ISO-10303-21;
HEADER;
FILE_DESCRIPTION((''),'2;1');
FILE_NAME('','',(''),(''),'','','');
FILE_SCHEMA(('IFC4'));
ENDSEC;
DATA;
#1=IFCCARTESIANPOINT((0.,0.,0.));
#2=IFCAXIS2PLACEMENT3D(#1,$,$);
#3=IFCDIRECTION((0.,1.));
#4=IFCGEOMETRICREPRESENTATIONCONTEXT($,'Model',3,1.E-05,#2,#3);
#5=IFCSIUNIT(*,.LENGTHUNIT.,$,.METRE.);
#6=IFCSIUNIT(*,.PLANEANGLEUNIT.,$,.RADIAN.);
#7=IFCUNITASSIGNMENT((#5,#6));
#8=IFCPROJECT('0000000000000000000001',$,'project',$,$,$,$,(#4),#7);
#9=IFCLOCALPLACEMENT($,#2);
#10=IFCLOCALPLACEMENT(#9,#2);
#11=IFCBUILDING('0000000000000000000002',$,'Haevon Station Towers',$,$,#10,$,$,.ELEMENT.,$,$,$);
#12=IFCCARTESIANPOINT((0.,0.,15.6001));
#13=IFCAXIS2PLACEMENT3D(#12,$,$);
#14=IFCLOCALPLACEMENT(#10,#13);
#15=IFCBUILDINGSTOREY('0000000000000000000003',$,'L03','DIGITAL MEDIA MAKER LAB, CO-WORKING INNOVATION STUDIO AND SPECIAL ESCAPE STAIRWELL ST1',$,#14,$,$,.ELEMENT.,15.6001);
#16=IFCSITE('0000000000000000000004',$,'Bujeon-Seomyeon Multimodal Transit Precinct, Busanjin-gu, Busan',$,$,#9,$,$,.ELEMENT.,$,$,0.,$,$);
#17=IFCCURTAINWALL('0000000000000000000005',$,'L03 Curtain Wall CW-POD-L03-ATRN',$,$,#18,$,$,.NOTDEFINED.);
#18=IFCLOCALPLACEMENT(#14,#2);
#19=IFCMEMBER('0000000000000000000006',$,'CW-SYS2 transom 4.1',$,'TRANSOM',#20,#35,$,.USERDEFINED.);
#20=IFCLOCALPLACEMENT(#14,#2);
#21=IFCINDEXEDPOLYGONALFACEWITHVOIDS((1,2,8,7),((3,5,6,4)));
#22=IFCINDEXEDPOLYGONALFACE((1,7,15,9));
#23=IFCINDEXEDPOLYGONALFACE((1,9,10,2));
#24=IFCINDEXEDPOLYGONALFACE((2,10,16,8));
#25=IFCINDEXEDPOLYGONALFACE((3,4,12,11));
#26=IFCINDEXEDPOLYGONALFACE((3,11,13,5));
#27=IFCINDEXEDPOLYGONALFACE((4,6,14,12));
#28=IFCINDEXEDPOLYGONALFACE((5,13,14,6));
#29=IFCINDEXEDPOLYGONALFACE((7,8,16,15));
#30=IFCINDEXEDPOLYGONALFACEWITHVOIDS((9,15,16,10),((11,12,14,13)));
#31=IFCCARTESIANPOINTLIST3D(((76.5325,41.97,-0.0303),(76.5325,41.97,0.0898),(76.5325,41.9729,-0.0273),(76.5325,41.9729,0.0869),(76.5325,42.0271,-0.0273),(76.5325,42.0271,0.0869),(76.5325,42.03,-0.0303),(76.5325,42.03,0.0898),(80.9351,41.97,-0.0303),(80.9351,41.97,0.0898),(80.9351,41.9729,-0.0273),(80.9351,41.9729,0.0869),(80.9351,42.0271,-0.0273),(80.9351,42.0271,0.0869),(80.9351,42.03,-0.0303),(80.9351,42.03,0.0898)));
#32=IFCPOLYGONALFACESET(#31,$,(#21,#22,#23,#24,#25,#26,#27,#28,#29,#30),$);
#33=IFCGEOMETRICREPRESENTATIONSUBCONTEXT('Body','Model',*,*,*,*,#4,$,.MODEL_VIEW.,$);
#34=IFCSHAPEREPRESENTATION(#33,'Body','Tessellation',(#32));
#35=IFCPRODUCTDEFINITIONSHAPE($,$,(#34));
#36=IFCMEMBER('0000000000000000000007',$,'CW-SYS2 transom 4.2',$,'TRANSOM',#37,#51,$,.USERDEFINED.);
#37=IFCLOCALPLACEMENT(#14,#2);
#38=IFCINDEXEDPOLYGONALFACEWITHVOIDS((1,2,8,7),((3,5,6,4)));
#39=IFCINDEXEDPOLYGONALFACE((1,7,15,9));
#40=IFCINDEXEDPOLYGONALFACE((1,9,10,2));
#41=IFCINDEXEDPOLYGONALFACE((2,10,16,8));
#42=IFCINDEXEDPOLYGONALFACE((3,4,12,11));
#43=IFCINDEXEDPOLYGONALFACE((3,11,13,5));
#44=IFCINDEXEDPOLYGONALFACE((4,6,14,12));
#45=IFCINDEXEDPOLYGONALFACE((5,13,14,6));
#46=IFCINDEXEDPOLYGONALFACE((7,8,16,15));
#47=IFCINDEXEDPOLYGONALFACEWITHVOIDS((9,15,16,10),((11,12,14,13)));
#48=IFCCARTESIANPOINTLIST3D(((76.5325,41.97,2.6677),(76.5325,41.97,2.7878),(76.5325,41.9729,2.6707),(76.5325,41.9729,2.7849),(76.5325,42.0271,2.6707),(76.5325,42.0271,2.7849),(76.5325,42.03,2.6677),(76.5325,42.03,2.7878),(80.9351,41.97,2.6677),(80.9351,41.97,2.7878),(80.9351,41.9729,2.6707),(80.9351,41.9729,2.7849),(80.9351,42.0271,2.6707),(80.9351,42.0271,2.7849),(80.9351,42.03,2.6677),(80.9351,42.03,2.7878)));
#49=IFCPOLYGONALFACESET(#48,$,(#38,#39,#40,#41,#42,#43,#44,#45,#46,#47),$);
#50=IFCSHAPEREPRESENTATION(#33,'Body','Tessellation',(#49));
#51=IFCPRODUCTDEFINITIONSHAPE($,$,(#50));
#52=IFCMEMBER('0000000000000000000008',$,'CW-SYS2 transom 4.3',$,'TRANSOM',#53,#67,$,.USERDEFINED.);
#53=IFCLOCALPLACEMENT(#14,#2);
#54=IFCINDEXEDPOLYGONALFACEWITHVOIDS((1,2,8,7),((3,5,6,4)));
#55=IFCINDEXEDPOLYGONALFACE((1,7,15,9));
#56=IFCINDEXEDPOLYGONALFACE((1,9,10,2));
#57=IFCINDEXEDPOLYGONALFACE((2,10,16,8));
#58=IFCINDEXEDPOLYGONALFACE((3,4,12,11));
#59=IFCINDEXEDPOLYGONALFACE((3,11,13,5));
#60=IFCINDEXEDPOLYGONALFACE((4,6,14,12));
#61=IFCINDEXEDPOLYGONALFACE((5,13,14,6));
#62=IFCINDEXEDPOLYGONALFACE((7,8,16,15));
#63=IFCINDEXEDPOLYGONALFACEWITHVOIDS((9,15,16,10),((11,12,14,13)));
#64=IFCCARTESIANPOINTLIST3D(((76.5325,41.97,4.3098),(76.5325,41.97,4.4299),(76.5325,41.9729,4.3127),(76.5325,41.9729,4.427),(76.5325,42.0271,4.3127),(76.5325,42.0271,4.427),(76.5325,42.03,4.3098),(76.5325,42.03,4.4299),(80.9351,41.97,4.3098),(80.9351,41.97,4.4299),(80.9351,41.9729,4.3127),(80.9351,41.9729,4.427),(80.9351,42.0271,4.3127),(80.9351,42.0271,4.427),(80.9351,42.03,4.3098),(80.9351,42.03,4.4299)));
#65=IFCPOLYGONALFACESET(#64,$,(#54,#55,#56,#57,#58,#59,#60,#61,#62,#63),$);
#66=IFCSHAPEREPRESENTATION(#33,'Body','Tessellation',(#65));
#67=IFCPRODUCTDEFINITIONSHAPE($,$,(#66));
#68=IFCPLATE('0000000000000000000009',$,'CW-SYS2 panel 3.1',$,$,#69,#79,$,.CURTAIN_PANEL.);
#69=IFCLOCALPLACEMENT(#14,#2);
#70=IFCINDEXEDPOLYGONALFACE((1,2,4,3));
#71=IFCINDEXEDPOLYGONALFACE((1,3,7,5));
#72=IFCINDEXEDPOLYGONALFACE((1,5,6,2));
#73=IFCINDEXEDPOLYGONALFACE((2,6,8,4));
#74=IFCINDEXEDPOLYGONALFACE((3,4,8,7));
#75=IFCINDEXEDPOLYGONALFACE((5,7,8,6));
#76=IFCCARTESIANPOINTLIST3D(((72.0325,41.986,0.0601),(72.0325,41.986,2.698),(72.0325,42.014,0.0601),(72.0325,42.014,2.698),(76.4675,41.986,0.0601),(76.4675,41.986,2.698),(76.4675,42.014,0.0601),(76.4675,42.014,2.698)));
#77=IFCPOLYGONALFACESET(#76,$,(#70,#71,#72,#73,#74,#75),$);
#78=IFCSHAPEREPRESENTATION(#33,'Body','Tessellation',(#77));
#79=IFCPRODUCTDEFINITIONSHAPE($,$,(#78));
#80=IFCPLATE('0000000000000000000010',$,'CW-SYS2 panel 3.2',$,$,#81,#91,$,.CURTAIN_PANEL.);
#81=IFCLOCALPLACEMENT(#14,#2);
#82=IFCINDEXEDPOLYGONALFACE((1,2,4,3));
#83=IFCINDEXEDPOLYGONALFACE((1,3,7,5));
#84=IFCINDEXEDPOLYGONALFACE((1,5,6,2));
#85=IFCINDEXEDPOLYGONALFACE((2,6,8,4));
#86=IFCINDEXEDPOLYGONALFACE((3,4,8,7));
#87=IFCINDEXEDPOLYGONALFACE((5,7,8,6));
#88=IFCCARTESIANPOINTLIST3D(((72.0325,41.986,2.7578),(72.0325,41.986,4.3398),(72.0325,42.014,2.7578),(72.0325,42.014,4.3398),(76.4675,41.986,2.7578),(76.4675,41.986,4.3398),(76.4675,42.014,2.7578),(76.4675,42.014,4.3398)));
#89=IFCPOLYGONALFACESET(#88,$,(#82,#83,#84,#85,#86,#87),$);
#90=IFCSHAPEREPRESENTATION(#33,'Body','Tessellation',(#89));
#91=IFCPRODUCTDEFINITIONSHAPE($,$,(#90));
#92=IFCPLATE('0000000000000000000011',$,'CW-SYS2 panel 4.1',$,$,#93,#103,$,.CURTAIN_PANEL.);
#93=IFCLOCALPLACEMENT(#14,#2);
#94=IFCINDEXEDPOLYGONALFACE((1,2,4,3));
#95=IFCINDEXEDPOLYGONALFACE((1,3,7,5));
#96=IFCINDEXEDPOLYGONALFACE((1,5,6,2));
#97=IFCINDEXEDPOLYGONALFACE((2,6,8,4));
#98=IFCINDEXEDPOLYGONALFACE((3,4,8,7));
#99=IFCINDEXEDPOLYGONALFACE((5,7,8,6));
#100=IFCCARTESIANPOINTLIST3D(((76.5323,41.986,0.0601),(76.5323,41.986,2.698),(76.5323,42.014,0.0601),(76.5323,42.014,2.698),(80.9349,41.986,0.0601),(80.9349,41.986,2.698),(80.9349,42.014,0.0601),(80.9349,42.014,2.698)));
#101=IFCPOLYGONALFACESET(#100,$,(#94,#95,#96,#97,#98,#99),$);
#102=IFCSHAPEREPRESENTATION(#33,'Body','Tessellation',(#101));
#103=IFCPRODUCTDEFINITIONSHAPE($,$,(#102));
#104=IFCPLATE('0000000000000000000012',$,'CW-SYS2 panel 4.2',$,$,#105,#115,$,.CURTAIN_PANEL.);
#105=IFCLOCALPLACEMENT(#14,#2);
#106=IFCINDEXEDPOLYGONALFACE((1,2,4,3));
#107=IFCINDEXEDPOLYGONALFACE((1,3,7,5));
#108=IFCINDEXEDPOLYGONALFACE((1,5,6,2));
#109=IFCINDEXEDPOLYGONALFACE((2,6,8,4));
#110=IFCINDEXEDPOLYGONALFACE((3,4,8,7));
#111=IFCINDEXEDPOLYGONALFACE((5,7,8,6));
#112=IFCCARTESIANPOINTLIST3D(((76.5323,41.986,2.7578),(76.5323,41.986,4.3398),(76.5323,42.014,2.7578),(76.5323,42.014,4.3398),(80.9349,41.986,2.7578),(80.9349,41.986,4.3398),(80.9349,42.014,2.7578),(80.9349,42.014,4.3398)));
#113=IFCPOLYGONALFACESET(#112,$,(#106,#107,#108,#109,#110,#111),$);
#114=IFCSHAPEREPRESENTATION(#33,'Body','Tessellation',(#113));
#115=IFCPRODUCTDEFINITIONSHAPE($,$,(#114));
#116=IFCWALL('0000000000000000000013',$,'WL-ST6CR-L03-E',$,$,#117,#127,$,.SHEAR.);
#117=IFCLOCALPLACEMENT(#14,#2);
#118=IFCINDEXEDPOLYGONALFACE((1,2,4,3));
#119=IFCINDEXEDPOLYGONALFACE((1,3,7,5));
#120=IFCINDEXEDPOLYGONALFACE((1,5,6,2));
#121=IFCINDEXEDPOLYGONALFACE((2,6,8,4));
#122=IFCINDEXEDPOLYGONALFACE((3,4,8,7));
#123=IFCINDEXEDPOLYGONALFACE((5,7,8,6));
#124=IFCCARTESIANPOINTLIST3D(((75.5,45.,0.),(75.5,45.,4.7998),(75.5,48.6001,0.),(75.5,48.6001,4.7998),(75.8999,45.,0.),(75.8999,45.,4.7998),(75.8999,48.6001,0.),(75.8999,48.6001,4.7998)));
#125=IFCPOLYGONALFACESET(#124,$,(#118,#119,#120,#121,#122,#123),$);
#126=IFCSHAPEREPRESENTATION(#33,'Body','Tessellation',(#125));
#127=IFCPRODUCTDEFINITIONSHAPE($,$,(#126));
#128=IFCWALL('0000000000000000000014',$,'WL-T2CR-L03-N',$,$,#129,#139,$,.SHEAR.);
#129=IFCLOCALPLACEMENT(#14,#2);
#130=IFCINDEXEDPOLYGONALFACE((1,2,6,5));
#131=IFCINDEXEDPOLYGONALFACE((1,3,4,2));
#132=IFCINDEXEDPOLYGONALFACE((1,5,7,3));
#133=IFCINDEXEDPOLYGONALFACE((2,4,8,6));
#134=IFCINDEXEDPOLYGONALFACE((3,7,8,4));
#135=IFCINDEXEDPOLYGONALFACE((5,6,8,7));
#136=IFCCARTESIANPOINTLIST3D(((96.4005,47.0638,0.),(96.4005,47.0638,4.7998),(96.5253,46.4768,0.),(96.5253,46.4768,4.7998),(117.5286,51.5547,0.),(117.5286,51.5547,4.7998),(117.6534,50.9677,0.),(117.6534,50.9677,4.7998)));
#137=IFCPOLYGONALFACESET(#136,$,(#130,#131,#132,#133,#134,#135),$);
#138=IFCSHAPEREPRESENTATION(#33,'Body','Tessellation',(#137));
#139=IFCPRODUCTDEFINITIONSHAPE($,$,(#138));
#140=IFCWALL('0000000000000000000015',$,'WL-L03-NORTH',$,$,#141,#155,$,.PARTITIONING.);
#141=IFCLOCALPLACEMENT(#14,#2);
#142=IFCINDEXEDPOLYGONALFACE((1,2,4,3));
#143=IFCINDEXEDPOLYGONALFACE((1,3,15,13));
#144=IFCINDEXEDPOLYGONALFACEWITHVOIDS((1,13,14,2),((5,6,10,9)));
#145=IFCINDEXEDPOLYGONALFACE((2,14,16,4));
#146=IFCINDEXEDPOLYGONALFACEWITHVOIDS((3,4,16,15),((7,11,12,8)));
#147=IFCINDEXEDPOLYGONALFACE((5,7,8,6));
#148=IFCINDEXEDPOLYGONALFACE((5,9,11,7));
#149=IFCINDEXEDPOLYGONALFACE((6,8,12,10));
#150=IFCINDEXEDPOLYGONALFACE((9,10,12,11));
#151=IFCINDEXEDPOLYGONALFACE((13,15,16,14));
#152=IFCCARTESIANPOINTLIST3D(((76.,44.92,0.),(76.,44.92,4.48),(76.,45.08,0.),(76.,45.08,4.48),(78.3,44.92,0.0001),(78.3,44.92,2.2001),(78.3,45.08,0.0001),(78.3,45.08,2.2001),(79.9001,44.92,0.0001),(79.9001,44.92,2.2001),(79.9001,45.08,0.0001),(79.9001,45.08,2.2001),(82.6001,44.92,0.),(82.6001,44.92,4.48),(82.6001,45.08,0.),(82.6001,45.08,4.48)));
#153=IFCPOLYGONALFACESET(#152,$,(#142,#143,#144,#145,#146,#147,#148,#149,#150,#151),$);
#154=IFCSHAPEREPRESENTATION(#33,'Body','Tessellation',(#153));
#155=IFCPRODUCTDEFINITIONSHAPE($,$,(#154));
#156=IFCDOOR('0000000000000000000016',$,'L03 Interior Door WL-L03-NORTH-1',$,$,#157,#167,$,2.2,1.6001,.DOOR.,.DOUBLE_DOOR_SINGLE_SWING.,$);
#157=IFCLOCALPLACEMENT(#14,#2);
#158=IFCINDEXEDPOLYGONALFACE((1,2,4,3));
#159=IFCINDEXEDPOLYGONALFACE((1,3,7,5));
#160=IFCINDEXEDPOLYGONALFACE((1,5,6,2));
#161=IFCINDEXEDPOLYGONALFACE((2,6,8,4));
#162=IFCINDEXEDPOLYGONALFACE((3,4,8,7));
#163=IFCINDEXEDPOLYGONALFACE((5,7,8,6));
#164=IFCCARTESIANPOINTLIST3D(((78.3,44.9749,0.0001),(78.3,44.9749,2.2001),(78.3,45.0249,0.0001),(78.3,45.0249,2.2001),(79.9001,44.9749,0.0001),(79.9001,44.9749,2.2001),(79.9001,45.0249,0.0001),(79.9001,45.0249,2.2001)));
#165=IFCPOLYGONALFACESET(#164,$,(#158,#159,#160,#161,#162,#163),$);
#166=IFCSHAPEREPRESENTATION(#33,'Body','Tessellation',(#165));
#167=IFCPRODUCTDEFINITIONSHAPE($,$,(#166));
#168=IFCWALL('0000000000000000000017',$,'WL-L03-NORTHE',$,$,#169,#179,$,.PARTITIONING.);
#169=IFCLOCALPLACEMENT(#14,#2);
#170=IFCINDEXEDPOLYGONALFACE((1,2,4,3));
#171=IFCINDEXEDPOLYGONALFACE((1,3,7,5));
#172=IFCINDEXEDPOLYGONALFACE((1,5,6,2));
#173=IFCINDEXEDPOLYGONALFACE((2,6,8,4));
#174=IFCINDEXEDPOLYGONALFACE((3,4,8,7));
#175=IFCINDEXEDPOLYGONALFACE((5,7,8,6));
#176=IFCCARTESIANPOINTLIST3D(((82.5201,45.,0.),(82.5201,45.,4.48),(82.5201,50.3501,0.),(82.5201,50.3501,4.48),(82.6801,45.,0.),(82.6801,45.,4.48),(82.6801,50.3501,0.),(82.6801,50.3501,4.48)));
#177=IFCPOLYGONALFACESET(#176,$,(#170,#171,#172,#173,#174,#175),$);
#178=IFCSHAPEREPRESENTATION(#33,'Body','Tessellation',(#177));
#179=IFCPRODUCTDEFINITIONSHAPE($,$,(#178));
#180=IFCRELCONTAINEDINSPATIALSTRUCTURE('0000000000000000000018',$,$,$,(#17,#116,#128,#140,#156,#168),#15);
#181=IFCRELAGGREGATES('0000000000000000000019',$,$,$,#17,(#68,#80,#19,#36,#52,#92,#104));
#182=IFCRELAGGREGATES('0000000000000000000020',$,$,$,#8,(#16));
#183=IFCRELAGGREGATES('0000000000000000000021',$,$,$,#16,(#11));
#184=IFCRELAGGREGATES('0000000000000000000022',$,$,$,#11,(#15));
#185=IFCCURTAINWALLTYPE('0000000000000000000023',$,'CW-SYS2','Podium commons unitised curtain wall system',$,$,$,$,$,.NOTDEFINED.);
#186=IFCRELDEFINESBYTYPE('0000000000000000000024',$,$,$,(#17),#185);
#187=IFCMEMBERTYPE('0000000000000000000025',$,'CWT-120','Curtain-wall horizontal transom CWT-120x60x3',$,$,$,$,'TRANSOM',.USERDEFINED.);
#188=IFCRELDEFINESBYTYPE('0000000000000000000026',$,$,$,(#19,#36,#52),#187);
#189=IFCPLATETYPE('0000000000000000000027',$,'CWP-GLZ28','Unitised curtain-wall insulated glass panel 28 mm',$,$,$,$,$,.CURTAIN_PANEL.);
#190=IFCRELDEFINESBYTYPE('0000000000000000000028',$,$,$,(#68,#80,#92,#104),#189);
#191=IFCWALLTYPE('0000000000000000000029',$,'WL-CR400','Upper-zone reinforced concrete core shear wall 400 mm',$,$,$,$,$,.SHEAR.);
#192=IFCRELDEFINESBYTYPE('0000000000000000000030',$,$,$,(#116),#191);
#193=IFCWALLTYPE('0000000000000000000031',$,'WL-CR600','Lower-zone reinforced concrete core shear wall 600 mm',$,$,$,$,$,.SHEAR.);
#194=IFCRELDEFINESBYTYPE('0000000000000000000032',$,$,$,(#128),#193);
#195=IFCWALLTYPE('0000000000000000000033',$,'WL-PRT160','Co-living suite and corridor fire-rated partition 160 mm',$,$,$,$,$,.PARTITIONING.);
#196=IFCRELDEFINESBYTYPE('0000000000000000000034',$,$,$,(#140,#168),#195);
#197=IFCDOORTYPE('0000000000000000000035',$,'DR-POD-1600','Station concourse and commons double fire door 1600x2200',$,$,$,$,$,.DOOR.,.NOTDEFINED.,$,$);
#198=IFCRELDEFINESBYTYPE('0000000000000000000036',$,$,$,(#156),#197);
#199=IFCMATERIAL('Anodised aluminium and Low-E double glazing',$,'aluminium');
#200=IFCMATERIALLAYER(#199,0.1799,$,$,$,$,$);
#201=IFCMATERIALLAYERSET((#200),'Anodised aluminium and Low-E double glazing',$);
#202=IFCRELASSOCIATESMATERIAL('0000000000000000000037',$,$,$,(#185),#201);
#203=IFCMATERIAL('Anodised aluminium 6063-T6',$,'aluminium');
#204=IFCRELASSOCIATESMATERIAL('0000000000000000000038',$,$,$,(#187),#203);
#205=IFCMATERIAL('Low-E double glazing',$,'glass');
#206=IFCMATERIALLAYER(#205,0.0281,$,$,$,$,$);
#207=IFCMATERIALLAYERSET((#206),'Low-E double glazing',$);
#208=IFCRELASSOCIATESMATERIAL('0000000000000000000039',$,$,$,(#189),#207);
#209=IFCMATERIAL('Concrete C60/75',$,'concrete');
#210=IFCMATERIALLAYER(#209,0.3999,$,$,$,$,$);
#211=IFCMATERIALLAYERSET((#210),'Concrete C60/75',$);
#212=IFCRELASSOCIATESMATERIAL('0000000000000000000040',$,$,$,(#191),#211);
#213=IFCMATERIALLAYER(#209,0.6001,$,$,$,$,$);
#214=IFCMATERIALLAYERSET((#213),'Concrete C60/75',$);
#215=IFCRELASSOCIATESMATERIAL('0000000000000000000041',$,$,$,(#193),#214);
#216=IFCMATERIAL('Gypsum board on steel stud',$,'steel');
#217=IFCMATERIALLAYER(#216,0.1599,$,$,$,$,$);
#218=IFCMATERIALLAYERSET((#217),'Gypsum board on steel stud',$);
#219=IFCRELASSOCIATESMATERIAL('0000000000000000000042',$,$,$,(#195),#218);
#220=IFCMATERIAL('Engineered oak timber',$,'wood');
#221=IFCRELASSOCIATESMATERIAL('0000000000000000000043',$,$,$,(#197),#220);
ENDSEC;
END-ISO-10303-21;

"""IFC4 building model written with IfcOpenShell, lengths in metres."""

from ifc_helpers import new_model, si_unit, direction, frame, frame_2d, origin, origin_2d, place, context, subcontext, project, spatial, rectangle, hollow_rectangle, extrude, material, layer, layer_set, material_profile, profile_set, type_object, element, fill, aggregate, save


model = new_model("IFC4")

# Units and contexts
model_context = context("Model", 3, precision=1e-05, world=origin(), true_north=direction((0.0, 1.0)))
body_context = subcontext(model_context, "Body", "Model", "MODEL_VIEW")
ifc_project = project(units=[si_unit("LENGTHUNIT", "METRE"), si_unit("PLANEANGLEUNIT", "RADIAN")], contexts=[model_context])

# Site, building, storey
site_placement = place(None, origin())
site = spatial("IfcSite", under=ifc_project, at=site_placement, Name="Bujeon-Seomyeon Multimodal Transit Precinct, Busanjin-gu, Busan", CompositionType="ELEMENT", RefElevation=0.0)
building_placement = place(site_placement, origin())
building = spatial("IfcBuilding", under=site, at=building_placement, Name="Haevon Station Towers", CompositionType="ELEMENT")
storey_placement = place(building_placement, frame((0.0, 0.0, 15.6001)))
storey = spatial("IfcBuildingStorey", under=building, at=storey_placement, Name="L03", Description="DIGITAL MEDIA MAKER LAB, CO-WORKING INNOVATION STUDIO AND SPECIAL ESCAPE STAIRWELL ST1", CompositionType="ELEMENT", Elevation=15.6001)

# Curtain wall, members, plates
ifc_material_1 = material(Name="Anodised aluminium and Low-E double glazing", Category="aluminium")
ifc_layer_1 = layer(ifc_material_1, 0.1799)
ifc_layer_set_1 = layer_set([ifc_layer_1], Name="Anodised aluminium and Low-E double glazing")
curtain_wall_type = type_object("IfcCurtainWallType", Name="CW-SYS2", Description="Podium commons unitised curtain wall system", PredefinedType="NOTDEFINED", material=ifc_layer_set_1)
curtain_wall_placement = place(storey_placement, origin())
curtain_wall = element("IfcCurtainWall", 1, at=curtain_wall_placement, inside=storey, type_object=curtain_wall_type, Name="L03 Curtain Wall CW-POD-L03-ATRN", PredefinedType="NOTDEFINED")
ifc_material_2 = material(Name="Anodised aluminium 6063-T6", Category="aluminium")
ifc_material_profile_1 = material_profile(ifc_material_2, hollow_rectangle(XDim=0.0601, YDim=0.1201, WallThickness=0.0029, at=origin_2d()), Name="CWT-120x60x3")
ifc_profile_set_1 = profile_set([ifc_material_profile_1], Name="Anodised aluminium 6063-T6")
member_type_1 = type_object("IfcMemberType", Name="CWT-120", Description="Curtain-wall horizontal transom CWT-120x60x3", ElementType="TRANSOM", PredefinedType="USERDEFINED", material=ifc_profile_set_1)
member_1_placement = place(storey_placement, frame((76.5325, 42.0, 0.0298), z_axis=(1.0, 0.0, 0.0), x_axis=(0.0, 1.0, 0.0)))
member_1 = element("IfcMember", 2, at=member_1_placement, type_object=member_type_1, Name="CW-SYS2 transom 4.1", ObjectType="TRANSOM", PredefinedType="USERDEFINED", context=body_context, shape_type="SweptSolid", body=[
    extrude(hollow_rectangle(XDim=0.0601, YDim=0.1201, WallThickness=0.0029, at=origin_2d()), origin(), (0.0, 0.0, 1.0), 4.4026),
])
member_2_placement = place(storey_placement, frame((76.5325, 42.0, 2.7278), z_axis=(1.0, 0.0, 0.0), x_axis=(0.0, 1.0, 0.0)))
member_2 = element("IfcMember", 3, at=member_2_placement, type_object=member_type_1, Name="CW-SYS2 transom 4.2", ObjectType="TRANSOM", PredefinedType="USERDEFINED", context=body_context, shape_type="SweptSolid", body=[
    extrude(hollow_rectangle(XDim=0.0601, YDim=0.1201, WallThickness=0.0029, at=origin_2d()), origin(), (0.0, 0.0, 1.0), 4.4026),
])
member_3_placement = place(storey_placement, frame((76.5325, 42.0, 4.3699), z_axis=(1.0, 0.0, 0.0), x_axis=(0.0, 1.0, 0.0)))
member_3 = element("IfcMember", 4, at=member_3_placement, type_object=member_type_1, Name="CW-SYS2 transom 4.3", ObjectType="TRANSOM", PredefinedType="USERDEFINED", context=body_context, shape_type="SweptSolid", body=[
    extrude(hollow_rectangle(XDim=0.0601, YDim=0.1201, WallThickness=0.0029, at=origin_2d()), origin(), (0.0, 0.0, 1.0), 4.4026),
])
ifc_material_3 = material(Name="Low-E double glazing", Category="glass")
ifc_layer_2 = layer(ifc_material_3, 0.0281)
ifc_layer_set_2 = layer_set([ifc_layer_2], Name="Low-E double glazing")
plate_type = type_object("IfcPlateType", Name="CWP-GLZ28", Description="Unitised curtain-wall insulated glass panel 28 mm", PredefinedType="CURTAIN_PANEL", material=ifc_layer_set_2)
plate_1_placement = place(storey_placement, frame((74.25, 42.0, 0.0601), z_axis=(0.0, 0.0, 1.0), x_axis=(1.0, 0.0, 0.0)))
plate_1 = element("IfcPlate", 5, at=plate_1_placement, type_object=plate_type, Name="CW-SYS2 panel 3.1", PredefinedType="CURTAIN_PANEL", context=body_context, shape_type="SweptSolid", body=[
    extrude(rectangle(XDim=4.4351, YDim=0.0281, at=origin_2d()), origin(), (0.0, 0.0, 1.0), 2.6379),
])
plate_2_placement = place(storey_placement, frame((74.25, 42.0, 2.7578), z_axis=(0.0, 0.0, 1.0), x_axis=(1.0, 0.0, 0.0)))
plate_2 = element("IfcPlate", 6, at=plate_2_placement, type_object=plate_type, Name="CW-SYS2 panel 3.2", PredefinedType="CURTAIN_PANEL", context=body_context, shape_type="SweptSolid", body=[
    extrude(rectangle(XDim=4.4351, YDim=0.0281, at=origin_2d()), origin(), (0.0, 0.0, 1.0), 1.582),
])
plate_3_placement = place(storey_placement, frame((78.7336, 42.0, 0.0601), z_axis=(0.0, 0.0, 1.0), x_axis=(1.0, 0.0, 0.0)))
plate_3 = element("IfcPlate", 7, at=plate_3_placement, type_object=plate_type, Name="CW-SYS2 panel 4.1", PredefinedType="CURTAIN_PANEL", context=body_context, shape_type="SweptSolid", body=[
    extrude(rectangle(XDim=4.4026, YDim=0.0281, at=origin_2d()), origin(), (0.0, 0.0, 1.0), 2.6379),
])
plate_4_placement = place(storey_placement, frame((78.7336, 42.0, 2.7578), z_axis=(0.0, 0.0, 1.0), x_axis=(1.0, 0.0, 0.0)))
plate_4 = element("IfcPlate", 8, at=plate_4_placement, type_object=plate_type, Name="CW-SYS2 panel 4.2", PredefinedType="CURTAIN_PANEL", context=body_context, shape_type="SweptSolid", body=[
    extrude(rectangle(XDim=4.4026, YDim=0.0281, at=origin_2d()), origin(), (0.0, 0.0, 1.0), 1.582),
])
aggregate(curtain_wall, [plate_1, plate_2, member_1, member_2, member_3, plate_3, plate_4])

# Walls
ifc_material_4 = material(Name="Concrete C60/75", Category="concrete")
ifc_layer_3 = layer(ifc_material_4, 0.3999)
ifc_layer_set_3 = layer_set([ifc_layer_3], Name="Concrete C60/75")
wall_type_1 = type_object("IfcWallType", Name="WL-CR400", Description="Upper-zone reinforced concrete core shear wall 400 mm", PredefinedType="SHEAR", material=ifc_layer_set_3)
wall_1_placement = place(storey_placement, frame((75.7, 45.0, 0.0), z_axis=(0.0, 0.0, 1.0), x_axis=(0.0, 1.0, 0.0)))
element("IfcWall", 9, at=wall_1_placement, inside=storey, type_object=wall_type_1, Name="WL-ST6CR-L03-E", PredefinedType="SHEAR", context=body_context, shape_type="SweptSolid", body=[
    extrude(rectangle(XDim=3.6001, YDim=0.3999, at=frame_2d((1.8, 0.0))), origin(), (0.0, 0.0, 1.0), 4.7998),
])
ifc_layer_4 = layer(ifc_material_4, 0.6001)
ifc_layer_set_4 = layer_set([ifc_layer_4], Name="Concrete C60/75")
wall_type_2 = type_object("IfcWallType", Name="WL-CR600", Description="Lower-zone reinforced concrete core shear wall 600 mm", PredefinedType="SHEAR", material=ifc_layer_set_4)
wall_2_placement = place(storey_placement, frame((96.4629, 46.7703, 0.0), z_axis=(0.0, 0.0, 1.0), x_axis=(0.978147, 0.207913, 0.0)))
element("IfcWall", 10, at=wall_2_placement, inside=storey, type_object=wall_type_2, Name="WL-T2CR-L03-N", PredefinedType="SHEAR", context=body_context, shape_type="SweptSolid", body=[
    extrude(rectangle(XDim=21.6001, YDim=0.6001, at=frame_2d((10.8, 0.0))), origin(), (0.0, 0.0, 1.0), 4.7998),
])

# Wall, opening, door
ifc_material_5 = material(Name="Gypsum board on steel stud", Category="steel")
ifc_layer_5 = layer(ifc_material_5, 0.1599)
ifc_layer_set_5 = layer_set([ifc_layer_5], Name="Gypsum board on steel stud")
wall_type_3 = type_object("IfcWallType", Name="WL-PRT160", Description="Co-living suite and corridor fire-rated partition 160 mm", PredefinedType="PARTITIONING", material=ifc_layer_set_5)
wall_3_placement = place(storey_placement, frame((76.0, 45.0, 0.0), z_axis=(0.0, 0.0, 1.0), x_axis=(1.0, 0.0, 0.0)))
wall_3 = element("IfcWall", 11, at=wall_3_placement, inside=storey, type_object=wall_type_3, Name="WL-L03-NORTH", PredefinedType="PARTITIONING", context=body_context, shape_type="SweptSolid", body=[
    extrude(rectangle(XDim=6.6001, YDim=0.1599, at=frame_2d((3.3, 0.0))), origin(), (0.0, 0.0, 1.0), 4.48),
])
opening_placement = place(wall_3_placement, frame((2.3, 0.0, 0.0)))
opening = element("IfcOpeningElement", 12, at=opening_placement, cuts=wall_3, PredefinedType="OPENING", context=body_context, shape_type="SweptSolid", body=[
    extrude(rectangle(XDim=1.6001, YDim=2.2, at=frame_2d((0.8, 1.1001))), frame((0.0, 0.0898, 0.0), z_axis=(0.0, -1.0, 0.0), x_axis=(1.0, 0.0, 0.0)), (0.0, 0.0, 1.0), 0.1799),
])
ifc_material_6 = material(Name="Engineered oak timber", Category="wood")
door_type = type_object("IfcDoorType", Name="DR-POD-1600", Description="Station concourse and commons double fire door 1600x2200", OperationType="NOTDEFINED", PredefinedType="DOOR", material=ifc_material_6)
door_placement = place(opening_placement, origin())
door = element("IfcDoor", 13, at=door_placement, inside=storey, type_object=door_type, Name="L03 Interior Door WL-L03-NORTH-1", OperationType="DOUBLE_DOOR_SINGLE_SWING", OverallHeight=2.2, OverallWidth=1.6001, PredefinedType="DOOR", context=body_context, shape_type="SweptSolid", body=[
    extrude(rectangle(XDim=1.6001, YDim=2.2, at=frame_2d((0.8, 1.1001))), frame((0.0, 0.0249, 0.0), z_axis=(0.0, -1.0, 0.0), x_axis=(1.0, 0.0, 0.0)), (0.0, 0.0, 1.0), 0.05),
])
fill(opening, door)

# Wall
wall_4_placement = place(storey_placement, frame((82.6001, 45.0, 0.0), z_axis=(0.0, 0.0, 1.0), x_axis=(0.0, 1.0, 0.0)))
element("IfcWall", 14, at=wall_4_placement, inside=storey, type_object=wall_type_3, Name="WL-L03-NORTHE", PredefinedType="PARTITIONING", context=body_context, shape_type="SweptSolid", body=[
    extrude(rectangle(XDim=5.3501, YDim=0.1599, at=frame_2d((2.675, 0.0))), origin(), (0.0, 0.0, 1.0), 4.48),
])

save(model, "model.ifc")
